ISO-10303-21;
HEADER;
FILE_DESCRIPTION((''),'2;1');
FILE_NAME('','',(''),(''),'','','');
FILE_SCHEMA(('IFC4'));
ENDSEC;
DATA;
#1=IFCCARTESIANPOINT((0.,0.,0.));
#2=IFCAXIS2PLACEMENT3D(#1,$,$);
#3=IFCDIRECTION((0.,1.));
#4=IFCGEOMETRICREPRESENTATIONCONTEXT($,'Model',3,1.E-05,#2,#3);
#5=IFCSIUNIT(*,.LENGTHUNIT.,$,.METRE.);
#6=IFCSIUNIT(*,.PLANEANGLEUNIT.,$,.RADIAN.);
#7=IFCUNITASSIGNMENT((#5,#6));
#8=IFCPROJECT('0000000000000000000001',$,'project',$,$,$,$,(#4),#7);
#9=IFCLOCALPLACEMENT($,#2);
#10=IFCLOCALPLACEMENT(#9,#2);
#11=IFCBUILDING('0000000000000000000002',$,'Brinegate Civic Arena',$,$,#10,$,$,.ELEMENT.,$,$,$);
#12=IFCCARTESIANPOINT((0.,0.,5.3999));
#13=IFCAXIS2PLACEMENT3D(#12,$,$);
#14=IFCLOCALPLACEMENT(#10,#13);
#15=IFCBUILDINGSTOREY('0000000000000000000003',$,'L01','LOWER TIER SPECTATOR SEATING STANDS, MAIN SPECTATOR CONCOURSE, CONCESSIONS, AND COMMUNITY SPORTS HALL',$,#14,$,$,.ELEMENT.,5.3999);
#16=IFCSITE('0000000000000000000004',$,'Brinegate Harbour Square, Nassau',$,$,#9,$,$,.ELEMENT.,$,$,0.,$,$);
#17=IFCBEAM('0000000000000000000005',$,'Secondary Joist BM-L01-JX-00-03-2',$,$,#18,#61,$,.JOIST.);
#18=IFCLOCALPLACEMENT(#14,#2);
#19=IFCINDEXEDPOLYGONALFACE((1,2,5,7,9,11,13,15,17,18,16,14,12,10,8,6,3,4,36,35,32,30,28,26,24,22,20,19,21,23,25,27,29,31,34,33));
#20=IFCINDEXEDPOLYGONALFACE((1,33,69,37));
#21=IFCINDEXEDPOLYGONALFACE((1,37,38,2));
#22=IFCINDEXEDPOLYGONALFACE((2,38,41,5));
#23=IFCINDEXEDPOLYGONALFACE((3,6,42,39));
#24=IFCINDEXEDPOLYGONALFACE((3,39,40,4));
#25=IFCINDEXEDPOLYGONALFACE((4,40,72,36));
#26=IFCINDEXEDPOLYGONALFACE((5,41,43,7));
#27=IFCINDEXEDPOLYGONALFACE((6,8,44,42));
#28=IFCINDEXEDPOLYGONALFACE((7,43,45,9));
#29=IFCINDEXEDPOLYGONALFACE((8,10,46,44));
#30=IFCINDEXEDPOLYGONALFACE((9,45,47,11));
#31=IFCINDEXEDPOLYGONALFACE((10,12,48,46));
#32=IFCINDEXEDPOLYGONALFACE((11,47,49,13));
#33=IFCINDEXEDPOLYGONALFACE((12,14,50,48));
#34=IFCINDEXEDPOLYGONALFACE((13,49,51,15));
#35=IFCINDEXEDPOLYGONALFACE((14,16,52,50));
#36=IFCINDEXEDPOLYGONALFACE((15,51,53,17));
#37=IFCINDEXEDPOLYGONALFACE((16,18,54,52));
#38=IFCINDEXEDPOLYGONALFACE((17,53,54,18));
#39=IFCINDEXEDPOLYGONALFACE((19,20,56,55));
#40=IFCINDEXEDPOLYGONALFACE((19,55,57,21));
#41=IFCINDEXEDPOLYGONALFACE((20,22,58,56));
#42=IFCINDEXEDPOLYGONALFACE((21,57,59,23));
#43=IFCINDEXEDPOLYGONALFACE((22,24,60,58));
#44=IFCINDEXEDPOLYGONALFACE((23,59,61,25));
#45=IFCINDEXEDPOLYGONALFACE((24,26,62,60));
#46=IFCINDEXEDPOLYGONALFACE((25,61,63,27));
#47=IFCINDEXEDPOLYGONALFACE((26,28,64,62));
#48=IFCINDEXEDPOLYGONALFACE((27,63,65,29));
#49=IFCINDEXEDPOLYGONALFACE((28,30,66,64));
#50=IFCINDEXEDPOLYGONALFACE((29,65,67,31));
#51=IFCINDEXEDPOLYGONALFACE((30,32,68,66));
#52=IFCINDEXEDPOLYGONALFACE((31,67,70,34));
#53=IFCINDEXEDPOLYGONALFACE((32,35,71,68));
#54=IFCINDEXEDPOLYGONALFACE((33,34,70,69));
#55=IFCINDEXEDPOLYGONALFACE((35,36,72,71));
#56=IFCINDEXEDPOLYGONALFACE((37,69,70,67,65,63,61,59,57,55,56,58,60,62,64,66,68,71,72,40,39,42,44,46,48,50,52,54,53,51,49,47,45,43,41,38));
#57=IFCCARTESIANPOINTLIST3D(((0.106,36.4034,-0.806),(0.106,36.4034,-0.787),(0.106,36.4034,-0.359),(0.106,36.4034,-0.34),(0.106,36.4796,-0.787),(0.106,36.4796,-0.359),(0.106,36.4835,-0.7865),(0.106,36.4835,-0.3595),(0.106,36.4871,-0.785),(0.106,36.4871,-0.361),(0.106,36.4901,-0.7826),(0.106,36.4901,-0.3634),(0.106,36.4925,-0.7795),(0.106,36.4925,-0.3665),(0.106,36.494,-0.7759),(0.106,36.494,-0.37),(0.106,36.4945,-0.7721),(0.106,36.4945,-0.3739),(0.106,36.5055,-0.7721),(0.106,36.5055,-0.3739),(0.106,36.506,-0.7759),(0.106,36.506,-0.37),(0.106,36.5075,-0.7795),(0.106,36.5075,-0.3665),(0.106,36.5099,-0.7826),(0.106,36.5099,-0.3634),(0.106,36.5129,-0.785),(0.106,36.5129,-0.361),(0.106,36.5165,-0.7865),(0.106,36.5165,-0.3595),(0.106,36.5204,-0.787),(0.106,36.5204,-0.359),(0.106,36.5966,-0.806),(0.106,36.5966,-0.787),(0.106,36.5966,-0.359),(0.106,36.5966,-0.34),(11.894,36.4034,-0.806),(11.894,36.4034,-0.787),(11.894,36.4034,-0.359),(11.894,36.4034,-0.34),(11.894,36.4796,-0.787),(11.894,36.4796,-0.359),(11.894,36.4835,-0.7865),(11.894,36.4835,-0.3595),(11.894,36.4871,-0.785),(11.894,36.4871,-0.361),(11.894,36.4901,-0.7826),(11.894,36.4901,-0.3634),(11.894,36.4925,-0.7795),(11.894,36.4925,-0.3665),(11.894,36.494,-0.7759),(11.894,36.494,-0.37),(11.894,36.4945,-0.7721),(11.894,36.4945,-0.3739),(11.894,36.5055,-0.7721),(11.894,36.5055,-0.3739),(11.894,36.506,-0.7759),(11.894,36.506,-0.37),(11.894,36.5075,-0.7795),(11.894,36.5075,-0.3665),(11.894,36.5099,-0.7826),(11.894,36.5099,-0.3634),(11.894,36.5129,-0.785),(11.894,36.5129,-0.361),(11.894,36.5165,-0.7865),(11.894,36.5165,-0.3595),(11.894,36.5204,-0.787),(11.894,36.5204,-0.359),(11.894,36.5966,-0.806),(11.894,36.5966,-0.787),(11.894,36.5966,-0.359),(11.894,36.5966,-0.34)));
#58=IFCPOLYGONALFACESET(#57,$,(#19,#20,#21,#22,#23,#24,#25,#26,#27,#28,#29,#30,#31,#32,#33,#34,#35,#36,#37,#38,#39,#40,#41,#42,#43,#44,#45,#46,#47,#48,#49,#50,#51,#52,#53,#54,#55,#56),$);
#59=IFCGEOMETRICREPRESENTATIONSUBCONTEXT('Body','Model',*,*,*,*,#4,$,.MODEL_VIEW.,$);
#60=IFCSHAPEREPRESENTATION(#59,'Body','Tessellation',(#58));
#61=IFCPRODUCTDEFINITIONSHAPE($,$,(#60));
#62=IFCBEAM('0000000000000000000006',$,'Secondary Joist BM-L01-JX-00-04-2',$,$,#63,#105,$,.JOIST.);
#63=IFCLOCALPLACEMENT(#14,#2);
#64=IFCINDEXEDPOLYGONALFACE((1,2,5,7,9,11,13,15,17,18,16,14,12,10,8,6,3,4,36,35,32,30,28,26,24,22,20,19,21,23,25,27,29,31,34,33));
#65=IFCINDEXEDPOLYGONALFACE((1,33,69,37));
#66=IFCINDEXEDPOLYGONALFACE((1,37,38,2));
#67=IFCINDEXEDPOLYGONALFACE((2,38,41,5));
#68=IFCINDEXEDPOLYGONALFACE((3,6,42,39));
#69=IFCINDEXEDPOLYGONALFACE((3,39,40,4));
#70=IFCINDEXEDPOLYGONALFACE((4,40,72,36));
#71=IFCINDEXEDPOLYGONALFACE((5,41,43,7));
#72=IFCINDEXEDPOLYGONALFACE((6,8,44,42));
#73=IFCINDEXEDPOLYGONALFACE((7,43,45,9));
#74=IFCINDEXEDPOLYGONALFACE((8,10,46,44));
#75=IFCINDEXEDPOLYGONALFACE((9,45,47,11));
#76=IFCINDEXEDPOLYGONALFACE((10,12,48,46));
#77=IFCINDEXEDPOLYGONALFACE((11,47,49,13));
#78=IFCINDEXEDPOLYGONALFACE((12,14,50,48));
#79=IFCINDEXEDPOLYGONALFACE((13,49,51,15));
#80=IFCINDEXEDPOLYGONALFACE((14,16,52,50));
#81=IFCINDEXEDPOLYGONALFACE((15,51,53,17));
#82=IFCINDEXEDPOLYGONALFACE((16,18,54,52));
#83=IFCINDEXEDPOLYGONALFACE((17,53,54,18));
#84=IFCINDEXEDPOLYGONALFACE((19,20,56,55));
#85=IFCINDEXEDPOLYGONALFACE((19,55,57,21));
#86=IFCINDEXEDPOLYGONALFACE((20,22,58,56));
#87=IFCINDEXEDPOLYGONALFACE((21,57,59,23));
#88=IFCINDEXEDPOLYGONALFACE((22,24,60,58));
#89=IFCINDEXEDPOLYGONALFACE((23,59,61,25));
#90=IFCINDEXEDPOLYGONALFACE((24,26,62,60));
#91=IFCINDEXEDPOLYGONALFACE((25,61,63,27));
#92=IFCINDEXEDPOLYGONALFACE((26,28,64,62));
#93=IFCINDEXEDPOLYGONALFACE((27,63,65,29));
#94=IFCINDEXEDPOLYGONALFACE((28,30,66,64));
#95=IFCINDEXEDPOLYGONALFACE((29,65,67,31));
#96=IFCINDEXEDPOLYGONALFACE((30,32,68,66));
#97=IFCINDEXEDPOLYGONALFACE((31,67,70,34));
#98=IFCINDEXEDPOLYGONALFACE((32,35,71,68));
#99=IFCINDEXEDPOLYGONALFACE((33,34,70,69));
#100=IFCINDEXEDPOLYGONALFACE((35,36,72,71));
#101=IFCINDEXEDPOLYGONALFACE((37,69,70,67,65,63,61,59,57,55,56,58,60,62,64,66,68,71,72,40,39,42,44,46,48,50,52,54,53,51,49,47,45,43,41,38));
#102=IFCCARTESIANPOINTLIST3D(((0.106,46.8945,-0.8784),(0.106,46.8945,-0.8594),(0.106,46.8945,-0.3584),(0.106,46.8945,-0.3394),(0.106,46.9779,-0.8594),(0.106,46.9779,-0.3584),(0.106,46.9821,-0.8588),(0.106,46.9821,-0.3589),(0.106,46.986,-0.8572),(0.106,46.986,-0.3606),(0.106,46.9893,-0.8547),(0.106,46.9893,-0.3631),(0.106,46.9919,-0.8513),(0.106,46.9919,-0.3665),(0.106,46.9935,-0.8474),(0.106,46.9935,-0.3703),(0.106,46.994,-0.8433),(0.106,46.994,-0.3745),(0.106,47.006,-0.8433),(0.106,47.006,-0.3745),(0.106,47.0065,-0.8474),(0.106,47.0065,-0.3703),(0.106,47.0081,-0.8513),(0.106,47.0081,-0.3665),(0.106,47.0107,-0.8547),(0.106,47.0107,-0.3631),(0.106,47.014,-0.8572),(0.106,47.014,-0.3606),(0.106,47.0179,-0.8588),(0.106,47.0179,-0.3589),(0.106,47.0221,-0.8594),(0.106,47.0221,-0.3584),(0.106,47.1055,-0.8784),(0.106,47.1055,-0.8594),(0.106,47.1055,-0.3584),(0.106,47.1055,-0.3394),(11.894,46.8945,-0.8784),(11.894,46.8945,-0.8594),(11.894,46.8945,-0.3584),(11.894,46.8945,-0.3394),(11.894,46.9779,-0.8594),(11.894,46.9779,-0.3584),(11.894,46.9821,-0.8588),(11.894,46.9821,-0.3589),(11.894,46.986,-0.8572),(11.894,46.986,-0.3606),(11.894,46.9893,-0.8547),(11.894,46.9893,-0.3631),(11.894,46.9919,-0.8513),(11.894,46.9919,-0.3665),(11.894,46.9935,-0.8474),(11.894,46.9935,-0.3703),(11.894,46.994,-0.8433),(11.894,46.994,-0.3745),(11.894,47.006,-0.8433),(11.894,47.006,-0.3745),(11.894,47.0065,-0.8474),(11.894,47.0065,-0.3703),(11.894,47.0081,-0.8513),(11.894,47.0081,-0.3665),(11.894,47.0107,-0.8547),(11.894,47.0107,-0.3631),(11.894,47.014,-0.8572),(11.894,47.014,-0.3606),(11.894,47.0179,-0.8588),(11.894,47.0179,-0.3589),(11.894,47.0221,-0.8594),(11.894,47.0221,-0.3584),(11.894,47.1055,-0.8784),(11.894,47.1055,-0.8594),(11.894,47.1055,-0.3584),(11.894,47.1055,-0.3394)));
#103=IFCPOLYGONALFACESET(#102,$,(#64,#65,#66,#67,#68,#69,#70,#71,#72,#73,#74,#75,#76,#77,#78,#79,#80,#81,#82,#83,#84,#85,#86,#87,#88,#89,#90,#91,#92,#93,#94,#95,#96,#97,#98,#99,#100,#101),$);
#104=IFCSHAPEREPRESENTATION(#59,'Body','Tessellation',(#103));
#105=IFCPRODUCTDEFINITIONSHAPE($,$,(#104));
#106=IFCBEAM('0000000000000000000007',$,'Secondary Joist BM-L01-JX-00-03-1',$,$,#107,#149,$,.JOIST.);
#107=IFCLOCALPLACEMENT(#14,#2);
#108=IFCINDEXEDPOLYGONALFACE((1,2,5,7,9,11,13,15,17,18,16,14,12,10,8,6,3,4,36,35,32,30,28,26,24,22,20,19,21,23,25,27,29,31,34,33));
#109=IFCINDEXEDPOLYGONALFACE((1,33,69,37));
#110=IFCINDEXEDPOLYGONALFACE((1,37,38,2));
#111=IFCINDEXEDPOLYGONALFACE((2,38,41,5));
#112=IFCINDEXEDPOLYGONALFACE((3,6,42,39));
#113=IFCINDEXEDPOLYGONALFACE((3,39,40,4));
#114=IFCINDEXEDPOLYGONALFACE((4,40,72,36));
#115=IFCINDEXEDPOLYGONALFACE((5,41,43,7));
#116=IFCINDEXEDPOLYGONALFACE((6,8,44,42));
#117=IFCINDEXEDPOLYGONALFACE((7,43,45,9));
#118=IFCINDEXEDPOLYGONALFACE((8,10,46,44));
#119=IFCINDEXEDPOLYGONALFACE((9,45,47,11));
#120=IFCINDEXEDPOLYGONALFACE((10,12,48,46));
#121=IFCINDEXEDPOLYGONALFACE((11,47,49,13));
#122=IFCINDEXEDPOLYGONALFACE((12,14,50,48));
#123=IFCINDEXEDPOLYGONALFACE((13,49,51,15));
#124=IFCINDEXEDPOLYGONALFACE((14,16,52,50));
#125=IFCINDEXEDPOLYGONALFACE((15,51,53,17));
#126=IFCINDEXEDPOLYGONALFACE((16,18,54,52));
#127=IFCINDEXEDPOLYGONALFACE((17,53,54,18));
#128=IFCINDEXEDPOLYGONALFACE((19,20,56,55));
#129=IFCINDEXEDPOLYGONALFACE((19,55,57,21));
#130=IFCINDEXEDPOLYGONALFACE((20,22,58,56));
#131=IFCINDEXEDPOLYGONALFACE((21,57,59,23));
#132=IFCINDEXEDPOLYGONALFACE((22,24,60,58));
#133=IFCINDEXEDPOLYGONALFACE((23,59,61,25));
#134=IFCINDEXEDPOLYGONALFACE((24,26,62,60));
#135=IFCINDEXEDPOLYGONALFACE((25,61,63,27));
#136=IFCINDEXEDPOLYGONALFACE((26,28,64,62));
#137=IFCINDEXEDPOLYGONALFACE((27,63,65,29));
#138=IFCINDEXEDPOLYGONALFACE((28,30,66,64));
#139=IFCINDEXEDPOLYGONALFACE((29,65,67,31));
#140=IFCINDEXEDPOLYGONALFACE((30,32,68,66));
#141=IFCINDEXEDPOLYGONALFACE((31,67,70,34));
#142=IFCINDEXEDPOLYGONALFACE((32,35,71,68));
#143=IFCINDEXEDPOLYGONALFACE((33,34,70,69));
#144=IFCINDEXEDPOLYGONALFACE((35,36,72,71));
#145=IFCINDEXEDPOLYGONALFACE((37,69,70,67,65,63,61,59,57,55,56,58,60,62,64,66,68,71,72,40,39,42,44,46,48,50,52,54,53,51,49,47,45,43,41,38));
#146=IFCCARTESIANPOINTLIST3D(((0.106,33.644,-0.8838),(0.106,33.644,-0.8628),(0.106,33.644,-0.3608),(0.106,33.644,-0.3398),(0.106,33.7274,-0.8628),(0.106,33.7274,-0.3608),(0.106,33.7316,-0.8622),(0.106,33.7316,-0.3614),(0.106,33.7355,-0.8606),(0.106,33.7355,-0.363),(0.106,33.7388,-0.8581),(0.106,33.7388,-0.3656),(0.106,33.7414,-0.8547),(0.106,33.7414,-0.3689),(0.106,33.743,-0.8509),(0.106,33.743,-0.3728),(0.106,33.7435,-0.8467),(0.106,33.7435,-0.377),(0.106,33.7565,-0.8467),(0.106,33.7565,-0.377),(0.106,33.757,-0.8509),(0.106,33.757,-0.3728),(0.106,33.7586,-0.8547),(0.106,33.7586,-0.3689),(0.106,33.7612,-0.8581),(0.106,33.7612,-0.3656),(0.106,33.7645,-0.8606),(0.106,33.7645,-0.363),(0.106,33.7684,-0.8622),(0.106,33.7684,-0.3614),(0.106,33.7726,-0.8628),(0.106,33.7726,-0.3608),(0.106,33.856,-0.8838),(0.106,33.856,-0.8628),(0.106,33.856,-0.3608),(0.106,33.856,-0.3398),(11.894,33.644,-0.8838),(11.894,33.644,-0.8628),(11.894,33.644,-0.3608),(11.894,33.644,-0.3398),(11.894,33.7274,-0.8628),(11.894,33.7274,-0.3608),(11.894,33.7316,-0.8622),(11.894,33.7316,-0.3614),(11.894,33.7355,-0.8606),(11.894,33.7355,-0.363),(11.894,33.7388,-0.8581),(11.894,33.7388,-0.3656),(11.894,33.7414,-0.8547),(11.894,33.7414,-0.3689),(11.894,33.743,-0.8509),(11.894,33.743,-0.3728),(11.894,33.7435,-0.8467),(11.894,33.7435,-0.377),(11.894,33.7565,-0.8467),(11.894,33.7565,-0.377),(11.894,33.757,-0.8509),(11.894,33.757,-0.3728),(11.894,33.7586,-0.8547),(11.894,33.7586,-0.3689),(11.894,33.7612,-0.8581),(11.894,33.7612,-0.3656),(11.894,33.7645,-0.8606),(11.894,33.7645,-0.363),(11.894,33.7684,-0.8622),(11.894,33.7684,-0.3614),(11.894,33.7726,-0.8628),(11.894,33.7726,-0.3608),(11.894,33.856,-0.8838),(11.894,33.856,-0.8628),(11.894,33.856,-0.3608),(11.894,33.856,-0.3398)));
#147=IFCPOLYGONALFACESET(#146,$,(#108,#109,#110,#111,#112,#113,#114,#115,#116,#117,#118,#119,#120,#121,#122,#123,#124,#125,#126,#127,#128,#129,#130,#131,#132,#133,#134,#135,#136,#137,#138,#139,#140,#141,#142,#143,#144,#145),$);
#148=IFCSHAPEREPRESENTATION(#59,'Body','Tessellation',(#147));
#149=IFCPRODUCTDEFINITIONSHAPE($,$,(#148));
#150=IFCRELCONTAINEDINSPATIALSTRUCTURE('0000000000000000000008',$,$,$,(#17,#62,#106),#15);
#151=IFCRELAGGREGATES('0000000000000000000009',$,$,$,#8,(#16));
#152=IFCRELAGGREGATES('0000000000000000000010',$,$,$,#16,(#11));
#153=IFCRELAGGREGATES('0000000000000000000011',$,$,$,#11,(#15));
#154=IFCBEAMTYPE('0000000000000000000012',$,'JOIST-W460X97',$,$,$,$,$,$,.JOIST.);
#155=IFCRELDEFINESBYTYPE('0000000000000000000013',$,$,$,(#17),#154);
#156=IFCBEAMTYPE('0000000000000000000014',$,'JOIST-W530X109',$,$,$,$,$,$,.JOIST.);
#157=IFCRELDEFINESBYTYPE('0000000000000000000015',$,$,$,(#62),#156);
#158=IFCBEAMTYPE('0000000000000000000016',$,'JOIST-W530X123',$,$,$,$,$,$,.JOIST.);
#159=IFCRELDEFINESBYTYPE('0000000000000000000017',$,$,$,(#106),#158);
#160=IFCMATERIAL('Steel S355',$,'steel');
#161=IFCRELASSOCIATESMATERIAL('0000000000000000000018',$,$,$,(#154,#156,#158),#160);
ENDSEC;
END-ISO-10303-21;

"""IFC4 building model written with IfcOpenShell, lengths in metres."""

from ifc_helpers import new_model, si_unit, direction, frame, origin, origin_2d, place, context, subcontext, project, spatial, i_section, extrude, material, material_profile, profile_set, type_object, element, save


model = new_model("IFC4")

# Units and contexts
model_context = context("Model", 3, precision=1e-05, world=origin(), true_north=direction((0.0, 1.0)))
body_context = subcontext(model_context, "Body", "Model", "MODEL_VIEW")
ifc_project = project(units=[si_unit("LENGTHUNIT", "METRE"), si_unit("PLANEANGLEUNIT", "RADIAN")], contexts=[model_context])

# Site, building, storey
site_placement = place(None, origin())
site = spatial("IfcSite", under=ifc_project, at=site_placement, Name="Brinegate Harbour Square, Nassau", CompositionType="ELEMENT", RefElevation=0.0)
building_placement = place(site_placement, origin())
building = spatial("IfcBuilding", under=site, at=building_placement, Name="Brinegate Civic Arena", CompositionType="ELEMENT")
storey_placement = place(building_placement, frame((0.0, 0.0, 5.3999)))
storey = spatial("IfcBuildingStorey", under=building, at=storey_placement, Name="L01", Description="LOWER TIER SPECTATOR SEATING STANDS, MAIN SPECTATOR CONCOURSE, CONCESSIONS, AND COMMUNITY SPORTS HALL", CompositionType="ELEMENT", Elevation=5.3999)

# Beams
ifc_material_1 = material(Name="Steel S355", Category="steel")
ifc_material_profile_1 = material_profile(ifc_material_1, i_section(OverallWidth=0.1931, OverallDepth=0.4661, WebThickness=0.011, FlangeThickness=0.019, FilletRadius=0.0149, at=origin_2d()), Name="W460X97")
ifc_profile_set_1 = profile_set([ifc_material_profile_1], Name="Steel S355")
beam_type_1 = type_object("IfcBeamType", Name="JOIST-W460X97", PredefinedType="JOIST", material=ifc_profile_set_1)
beam_1_placement = place(storey_placement, frame((0.106, 36.5, -0.573), z_axis=(1.0, 0.0, 0.0), x_axis=(0.0, 1.0, 0.0)))
element("IfcBeam", 1, at=beam_1_placement, inside=storey, type_object=beam_type_1, Name="Secondary Joist BM-L01-JX-00-03-2", PredefinedType="JOIST", context=body_context, shape_type="SweptSolid", body=[
    extrude(i_section(OverallWidth=0.1931, OverallDepth=0.4661, WebThickness=0.011, FlangeThickness=0.019, FilletRadius=0.0149, at=origin_2d()), origin(), (0.0, 0.0, 1.0), 11.7881),
])
ifc_material_profile_2 = material_profile(ifc_material_1, i_section(OverallWidth=0.2109, OverallDepth=0.5391, WebThickness=0.012, FlangeThickness=0.019, FilletRadius=0.0161, at=origin_2d()), Name="W530X109")
ifc_profile_set_2 = profile_set([ifc_material_profile_2], Name="Steel S355")
beam_type_2 = type_object("IfcBeamType", Name="JOIST-W530X109", PredefinedType="JOIST", material=ifc_profile_set_2)
beam_2_placement = place(storey_placement, frame((0.106, 47.0, -0.6089), z_axis=(1.0, 0.0, 0.0), x_axis=(0.0, 1.0, 0.0)))
element("IfcBeam", 2, at=beam_2_placement, inside=storey, type_object=beam_type_2, Name="Secondary Joist BM-L01-JX-00-04-2", PredefinedType="JOIST", context=body_context, shape_type="SweptSolid", body=[
    extrude(i_section(OverallWidth=0.2109, OverallDepth=0.5391, WebThickness=0.012, FlangeThickness=0.019, FilletRadius=0.0161, at=origin_2d()), origin(), (0.0, 0.0, 1.0), 11.7881),
])
ifc_material_profile_3 = material_profile(ifc_material_1, i_section(OverallWidth=0.2119, OverallDepth=0.5439, WebThickness=0.0129, FlangeThickness=0.021, FilletRadius=0.0161, at=origin_2d()), Name="W530X123")
ifc_profile_set_3 = profile_set([ifc_material_profile_3], Name="Steel S355")
beam_type_3 = type_object("IfcBeamType", Name="JOIST-W530X123", PredefinedType="JOIST", material=ifc_profile_set_3)
beam_3_placement = place(storey_placement, frame((0.106, 33.75, -0.6118), z_axis=(1.0, 0.0, 0.0), x_axis=(0.0, 1.0, 0.0)))
element("IfcBeam", 3, at=beam_3_placement, inside=storey, type_object=beam_type_3, Name="Secondary Joist BM-L01-JX-00-03-1", PredefinedType="JOIST", context=body_context, shape_type="SweptSolid", body=[
    extrude(i_section(OverallWidth=0.2119, OverallDepth=0.5439, WebThickness=0.0129, FlangeThickness=0.021, FilletRadius=0.0161, at=origin_2d()), origin(), (0.0, 0.0, 1.0), 11.7881),
])

save(model, "model.ifc")
